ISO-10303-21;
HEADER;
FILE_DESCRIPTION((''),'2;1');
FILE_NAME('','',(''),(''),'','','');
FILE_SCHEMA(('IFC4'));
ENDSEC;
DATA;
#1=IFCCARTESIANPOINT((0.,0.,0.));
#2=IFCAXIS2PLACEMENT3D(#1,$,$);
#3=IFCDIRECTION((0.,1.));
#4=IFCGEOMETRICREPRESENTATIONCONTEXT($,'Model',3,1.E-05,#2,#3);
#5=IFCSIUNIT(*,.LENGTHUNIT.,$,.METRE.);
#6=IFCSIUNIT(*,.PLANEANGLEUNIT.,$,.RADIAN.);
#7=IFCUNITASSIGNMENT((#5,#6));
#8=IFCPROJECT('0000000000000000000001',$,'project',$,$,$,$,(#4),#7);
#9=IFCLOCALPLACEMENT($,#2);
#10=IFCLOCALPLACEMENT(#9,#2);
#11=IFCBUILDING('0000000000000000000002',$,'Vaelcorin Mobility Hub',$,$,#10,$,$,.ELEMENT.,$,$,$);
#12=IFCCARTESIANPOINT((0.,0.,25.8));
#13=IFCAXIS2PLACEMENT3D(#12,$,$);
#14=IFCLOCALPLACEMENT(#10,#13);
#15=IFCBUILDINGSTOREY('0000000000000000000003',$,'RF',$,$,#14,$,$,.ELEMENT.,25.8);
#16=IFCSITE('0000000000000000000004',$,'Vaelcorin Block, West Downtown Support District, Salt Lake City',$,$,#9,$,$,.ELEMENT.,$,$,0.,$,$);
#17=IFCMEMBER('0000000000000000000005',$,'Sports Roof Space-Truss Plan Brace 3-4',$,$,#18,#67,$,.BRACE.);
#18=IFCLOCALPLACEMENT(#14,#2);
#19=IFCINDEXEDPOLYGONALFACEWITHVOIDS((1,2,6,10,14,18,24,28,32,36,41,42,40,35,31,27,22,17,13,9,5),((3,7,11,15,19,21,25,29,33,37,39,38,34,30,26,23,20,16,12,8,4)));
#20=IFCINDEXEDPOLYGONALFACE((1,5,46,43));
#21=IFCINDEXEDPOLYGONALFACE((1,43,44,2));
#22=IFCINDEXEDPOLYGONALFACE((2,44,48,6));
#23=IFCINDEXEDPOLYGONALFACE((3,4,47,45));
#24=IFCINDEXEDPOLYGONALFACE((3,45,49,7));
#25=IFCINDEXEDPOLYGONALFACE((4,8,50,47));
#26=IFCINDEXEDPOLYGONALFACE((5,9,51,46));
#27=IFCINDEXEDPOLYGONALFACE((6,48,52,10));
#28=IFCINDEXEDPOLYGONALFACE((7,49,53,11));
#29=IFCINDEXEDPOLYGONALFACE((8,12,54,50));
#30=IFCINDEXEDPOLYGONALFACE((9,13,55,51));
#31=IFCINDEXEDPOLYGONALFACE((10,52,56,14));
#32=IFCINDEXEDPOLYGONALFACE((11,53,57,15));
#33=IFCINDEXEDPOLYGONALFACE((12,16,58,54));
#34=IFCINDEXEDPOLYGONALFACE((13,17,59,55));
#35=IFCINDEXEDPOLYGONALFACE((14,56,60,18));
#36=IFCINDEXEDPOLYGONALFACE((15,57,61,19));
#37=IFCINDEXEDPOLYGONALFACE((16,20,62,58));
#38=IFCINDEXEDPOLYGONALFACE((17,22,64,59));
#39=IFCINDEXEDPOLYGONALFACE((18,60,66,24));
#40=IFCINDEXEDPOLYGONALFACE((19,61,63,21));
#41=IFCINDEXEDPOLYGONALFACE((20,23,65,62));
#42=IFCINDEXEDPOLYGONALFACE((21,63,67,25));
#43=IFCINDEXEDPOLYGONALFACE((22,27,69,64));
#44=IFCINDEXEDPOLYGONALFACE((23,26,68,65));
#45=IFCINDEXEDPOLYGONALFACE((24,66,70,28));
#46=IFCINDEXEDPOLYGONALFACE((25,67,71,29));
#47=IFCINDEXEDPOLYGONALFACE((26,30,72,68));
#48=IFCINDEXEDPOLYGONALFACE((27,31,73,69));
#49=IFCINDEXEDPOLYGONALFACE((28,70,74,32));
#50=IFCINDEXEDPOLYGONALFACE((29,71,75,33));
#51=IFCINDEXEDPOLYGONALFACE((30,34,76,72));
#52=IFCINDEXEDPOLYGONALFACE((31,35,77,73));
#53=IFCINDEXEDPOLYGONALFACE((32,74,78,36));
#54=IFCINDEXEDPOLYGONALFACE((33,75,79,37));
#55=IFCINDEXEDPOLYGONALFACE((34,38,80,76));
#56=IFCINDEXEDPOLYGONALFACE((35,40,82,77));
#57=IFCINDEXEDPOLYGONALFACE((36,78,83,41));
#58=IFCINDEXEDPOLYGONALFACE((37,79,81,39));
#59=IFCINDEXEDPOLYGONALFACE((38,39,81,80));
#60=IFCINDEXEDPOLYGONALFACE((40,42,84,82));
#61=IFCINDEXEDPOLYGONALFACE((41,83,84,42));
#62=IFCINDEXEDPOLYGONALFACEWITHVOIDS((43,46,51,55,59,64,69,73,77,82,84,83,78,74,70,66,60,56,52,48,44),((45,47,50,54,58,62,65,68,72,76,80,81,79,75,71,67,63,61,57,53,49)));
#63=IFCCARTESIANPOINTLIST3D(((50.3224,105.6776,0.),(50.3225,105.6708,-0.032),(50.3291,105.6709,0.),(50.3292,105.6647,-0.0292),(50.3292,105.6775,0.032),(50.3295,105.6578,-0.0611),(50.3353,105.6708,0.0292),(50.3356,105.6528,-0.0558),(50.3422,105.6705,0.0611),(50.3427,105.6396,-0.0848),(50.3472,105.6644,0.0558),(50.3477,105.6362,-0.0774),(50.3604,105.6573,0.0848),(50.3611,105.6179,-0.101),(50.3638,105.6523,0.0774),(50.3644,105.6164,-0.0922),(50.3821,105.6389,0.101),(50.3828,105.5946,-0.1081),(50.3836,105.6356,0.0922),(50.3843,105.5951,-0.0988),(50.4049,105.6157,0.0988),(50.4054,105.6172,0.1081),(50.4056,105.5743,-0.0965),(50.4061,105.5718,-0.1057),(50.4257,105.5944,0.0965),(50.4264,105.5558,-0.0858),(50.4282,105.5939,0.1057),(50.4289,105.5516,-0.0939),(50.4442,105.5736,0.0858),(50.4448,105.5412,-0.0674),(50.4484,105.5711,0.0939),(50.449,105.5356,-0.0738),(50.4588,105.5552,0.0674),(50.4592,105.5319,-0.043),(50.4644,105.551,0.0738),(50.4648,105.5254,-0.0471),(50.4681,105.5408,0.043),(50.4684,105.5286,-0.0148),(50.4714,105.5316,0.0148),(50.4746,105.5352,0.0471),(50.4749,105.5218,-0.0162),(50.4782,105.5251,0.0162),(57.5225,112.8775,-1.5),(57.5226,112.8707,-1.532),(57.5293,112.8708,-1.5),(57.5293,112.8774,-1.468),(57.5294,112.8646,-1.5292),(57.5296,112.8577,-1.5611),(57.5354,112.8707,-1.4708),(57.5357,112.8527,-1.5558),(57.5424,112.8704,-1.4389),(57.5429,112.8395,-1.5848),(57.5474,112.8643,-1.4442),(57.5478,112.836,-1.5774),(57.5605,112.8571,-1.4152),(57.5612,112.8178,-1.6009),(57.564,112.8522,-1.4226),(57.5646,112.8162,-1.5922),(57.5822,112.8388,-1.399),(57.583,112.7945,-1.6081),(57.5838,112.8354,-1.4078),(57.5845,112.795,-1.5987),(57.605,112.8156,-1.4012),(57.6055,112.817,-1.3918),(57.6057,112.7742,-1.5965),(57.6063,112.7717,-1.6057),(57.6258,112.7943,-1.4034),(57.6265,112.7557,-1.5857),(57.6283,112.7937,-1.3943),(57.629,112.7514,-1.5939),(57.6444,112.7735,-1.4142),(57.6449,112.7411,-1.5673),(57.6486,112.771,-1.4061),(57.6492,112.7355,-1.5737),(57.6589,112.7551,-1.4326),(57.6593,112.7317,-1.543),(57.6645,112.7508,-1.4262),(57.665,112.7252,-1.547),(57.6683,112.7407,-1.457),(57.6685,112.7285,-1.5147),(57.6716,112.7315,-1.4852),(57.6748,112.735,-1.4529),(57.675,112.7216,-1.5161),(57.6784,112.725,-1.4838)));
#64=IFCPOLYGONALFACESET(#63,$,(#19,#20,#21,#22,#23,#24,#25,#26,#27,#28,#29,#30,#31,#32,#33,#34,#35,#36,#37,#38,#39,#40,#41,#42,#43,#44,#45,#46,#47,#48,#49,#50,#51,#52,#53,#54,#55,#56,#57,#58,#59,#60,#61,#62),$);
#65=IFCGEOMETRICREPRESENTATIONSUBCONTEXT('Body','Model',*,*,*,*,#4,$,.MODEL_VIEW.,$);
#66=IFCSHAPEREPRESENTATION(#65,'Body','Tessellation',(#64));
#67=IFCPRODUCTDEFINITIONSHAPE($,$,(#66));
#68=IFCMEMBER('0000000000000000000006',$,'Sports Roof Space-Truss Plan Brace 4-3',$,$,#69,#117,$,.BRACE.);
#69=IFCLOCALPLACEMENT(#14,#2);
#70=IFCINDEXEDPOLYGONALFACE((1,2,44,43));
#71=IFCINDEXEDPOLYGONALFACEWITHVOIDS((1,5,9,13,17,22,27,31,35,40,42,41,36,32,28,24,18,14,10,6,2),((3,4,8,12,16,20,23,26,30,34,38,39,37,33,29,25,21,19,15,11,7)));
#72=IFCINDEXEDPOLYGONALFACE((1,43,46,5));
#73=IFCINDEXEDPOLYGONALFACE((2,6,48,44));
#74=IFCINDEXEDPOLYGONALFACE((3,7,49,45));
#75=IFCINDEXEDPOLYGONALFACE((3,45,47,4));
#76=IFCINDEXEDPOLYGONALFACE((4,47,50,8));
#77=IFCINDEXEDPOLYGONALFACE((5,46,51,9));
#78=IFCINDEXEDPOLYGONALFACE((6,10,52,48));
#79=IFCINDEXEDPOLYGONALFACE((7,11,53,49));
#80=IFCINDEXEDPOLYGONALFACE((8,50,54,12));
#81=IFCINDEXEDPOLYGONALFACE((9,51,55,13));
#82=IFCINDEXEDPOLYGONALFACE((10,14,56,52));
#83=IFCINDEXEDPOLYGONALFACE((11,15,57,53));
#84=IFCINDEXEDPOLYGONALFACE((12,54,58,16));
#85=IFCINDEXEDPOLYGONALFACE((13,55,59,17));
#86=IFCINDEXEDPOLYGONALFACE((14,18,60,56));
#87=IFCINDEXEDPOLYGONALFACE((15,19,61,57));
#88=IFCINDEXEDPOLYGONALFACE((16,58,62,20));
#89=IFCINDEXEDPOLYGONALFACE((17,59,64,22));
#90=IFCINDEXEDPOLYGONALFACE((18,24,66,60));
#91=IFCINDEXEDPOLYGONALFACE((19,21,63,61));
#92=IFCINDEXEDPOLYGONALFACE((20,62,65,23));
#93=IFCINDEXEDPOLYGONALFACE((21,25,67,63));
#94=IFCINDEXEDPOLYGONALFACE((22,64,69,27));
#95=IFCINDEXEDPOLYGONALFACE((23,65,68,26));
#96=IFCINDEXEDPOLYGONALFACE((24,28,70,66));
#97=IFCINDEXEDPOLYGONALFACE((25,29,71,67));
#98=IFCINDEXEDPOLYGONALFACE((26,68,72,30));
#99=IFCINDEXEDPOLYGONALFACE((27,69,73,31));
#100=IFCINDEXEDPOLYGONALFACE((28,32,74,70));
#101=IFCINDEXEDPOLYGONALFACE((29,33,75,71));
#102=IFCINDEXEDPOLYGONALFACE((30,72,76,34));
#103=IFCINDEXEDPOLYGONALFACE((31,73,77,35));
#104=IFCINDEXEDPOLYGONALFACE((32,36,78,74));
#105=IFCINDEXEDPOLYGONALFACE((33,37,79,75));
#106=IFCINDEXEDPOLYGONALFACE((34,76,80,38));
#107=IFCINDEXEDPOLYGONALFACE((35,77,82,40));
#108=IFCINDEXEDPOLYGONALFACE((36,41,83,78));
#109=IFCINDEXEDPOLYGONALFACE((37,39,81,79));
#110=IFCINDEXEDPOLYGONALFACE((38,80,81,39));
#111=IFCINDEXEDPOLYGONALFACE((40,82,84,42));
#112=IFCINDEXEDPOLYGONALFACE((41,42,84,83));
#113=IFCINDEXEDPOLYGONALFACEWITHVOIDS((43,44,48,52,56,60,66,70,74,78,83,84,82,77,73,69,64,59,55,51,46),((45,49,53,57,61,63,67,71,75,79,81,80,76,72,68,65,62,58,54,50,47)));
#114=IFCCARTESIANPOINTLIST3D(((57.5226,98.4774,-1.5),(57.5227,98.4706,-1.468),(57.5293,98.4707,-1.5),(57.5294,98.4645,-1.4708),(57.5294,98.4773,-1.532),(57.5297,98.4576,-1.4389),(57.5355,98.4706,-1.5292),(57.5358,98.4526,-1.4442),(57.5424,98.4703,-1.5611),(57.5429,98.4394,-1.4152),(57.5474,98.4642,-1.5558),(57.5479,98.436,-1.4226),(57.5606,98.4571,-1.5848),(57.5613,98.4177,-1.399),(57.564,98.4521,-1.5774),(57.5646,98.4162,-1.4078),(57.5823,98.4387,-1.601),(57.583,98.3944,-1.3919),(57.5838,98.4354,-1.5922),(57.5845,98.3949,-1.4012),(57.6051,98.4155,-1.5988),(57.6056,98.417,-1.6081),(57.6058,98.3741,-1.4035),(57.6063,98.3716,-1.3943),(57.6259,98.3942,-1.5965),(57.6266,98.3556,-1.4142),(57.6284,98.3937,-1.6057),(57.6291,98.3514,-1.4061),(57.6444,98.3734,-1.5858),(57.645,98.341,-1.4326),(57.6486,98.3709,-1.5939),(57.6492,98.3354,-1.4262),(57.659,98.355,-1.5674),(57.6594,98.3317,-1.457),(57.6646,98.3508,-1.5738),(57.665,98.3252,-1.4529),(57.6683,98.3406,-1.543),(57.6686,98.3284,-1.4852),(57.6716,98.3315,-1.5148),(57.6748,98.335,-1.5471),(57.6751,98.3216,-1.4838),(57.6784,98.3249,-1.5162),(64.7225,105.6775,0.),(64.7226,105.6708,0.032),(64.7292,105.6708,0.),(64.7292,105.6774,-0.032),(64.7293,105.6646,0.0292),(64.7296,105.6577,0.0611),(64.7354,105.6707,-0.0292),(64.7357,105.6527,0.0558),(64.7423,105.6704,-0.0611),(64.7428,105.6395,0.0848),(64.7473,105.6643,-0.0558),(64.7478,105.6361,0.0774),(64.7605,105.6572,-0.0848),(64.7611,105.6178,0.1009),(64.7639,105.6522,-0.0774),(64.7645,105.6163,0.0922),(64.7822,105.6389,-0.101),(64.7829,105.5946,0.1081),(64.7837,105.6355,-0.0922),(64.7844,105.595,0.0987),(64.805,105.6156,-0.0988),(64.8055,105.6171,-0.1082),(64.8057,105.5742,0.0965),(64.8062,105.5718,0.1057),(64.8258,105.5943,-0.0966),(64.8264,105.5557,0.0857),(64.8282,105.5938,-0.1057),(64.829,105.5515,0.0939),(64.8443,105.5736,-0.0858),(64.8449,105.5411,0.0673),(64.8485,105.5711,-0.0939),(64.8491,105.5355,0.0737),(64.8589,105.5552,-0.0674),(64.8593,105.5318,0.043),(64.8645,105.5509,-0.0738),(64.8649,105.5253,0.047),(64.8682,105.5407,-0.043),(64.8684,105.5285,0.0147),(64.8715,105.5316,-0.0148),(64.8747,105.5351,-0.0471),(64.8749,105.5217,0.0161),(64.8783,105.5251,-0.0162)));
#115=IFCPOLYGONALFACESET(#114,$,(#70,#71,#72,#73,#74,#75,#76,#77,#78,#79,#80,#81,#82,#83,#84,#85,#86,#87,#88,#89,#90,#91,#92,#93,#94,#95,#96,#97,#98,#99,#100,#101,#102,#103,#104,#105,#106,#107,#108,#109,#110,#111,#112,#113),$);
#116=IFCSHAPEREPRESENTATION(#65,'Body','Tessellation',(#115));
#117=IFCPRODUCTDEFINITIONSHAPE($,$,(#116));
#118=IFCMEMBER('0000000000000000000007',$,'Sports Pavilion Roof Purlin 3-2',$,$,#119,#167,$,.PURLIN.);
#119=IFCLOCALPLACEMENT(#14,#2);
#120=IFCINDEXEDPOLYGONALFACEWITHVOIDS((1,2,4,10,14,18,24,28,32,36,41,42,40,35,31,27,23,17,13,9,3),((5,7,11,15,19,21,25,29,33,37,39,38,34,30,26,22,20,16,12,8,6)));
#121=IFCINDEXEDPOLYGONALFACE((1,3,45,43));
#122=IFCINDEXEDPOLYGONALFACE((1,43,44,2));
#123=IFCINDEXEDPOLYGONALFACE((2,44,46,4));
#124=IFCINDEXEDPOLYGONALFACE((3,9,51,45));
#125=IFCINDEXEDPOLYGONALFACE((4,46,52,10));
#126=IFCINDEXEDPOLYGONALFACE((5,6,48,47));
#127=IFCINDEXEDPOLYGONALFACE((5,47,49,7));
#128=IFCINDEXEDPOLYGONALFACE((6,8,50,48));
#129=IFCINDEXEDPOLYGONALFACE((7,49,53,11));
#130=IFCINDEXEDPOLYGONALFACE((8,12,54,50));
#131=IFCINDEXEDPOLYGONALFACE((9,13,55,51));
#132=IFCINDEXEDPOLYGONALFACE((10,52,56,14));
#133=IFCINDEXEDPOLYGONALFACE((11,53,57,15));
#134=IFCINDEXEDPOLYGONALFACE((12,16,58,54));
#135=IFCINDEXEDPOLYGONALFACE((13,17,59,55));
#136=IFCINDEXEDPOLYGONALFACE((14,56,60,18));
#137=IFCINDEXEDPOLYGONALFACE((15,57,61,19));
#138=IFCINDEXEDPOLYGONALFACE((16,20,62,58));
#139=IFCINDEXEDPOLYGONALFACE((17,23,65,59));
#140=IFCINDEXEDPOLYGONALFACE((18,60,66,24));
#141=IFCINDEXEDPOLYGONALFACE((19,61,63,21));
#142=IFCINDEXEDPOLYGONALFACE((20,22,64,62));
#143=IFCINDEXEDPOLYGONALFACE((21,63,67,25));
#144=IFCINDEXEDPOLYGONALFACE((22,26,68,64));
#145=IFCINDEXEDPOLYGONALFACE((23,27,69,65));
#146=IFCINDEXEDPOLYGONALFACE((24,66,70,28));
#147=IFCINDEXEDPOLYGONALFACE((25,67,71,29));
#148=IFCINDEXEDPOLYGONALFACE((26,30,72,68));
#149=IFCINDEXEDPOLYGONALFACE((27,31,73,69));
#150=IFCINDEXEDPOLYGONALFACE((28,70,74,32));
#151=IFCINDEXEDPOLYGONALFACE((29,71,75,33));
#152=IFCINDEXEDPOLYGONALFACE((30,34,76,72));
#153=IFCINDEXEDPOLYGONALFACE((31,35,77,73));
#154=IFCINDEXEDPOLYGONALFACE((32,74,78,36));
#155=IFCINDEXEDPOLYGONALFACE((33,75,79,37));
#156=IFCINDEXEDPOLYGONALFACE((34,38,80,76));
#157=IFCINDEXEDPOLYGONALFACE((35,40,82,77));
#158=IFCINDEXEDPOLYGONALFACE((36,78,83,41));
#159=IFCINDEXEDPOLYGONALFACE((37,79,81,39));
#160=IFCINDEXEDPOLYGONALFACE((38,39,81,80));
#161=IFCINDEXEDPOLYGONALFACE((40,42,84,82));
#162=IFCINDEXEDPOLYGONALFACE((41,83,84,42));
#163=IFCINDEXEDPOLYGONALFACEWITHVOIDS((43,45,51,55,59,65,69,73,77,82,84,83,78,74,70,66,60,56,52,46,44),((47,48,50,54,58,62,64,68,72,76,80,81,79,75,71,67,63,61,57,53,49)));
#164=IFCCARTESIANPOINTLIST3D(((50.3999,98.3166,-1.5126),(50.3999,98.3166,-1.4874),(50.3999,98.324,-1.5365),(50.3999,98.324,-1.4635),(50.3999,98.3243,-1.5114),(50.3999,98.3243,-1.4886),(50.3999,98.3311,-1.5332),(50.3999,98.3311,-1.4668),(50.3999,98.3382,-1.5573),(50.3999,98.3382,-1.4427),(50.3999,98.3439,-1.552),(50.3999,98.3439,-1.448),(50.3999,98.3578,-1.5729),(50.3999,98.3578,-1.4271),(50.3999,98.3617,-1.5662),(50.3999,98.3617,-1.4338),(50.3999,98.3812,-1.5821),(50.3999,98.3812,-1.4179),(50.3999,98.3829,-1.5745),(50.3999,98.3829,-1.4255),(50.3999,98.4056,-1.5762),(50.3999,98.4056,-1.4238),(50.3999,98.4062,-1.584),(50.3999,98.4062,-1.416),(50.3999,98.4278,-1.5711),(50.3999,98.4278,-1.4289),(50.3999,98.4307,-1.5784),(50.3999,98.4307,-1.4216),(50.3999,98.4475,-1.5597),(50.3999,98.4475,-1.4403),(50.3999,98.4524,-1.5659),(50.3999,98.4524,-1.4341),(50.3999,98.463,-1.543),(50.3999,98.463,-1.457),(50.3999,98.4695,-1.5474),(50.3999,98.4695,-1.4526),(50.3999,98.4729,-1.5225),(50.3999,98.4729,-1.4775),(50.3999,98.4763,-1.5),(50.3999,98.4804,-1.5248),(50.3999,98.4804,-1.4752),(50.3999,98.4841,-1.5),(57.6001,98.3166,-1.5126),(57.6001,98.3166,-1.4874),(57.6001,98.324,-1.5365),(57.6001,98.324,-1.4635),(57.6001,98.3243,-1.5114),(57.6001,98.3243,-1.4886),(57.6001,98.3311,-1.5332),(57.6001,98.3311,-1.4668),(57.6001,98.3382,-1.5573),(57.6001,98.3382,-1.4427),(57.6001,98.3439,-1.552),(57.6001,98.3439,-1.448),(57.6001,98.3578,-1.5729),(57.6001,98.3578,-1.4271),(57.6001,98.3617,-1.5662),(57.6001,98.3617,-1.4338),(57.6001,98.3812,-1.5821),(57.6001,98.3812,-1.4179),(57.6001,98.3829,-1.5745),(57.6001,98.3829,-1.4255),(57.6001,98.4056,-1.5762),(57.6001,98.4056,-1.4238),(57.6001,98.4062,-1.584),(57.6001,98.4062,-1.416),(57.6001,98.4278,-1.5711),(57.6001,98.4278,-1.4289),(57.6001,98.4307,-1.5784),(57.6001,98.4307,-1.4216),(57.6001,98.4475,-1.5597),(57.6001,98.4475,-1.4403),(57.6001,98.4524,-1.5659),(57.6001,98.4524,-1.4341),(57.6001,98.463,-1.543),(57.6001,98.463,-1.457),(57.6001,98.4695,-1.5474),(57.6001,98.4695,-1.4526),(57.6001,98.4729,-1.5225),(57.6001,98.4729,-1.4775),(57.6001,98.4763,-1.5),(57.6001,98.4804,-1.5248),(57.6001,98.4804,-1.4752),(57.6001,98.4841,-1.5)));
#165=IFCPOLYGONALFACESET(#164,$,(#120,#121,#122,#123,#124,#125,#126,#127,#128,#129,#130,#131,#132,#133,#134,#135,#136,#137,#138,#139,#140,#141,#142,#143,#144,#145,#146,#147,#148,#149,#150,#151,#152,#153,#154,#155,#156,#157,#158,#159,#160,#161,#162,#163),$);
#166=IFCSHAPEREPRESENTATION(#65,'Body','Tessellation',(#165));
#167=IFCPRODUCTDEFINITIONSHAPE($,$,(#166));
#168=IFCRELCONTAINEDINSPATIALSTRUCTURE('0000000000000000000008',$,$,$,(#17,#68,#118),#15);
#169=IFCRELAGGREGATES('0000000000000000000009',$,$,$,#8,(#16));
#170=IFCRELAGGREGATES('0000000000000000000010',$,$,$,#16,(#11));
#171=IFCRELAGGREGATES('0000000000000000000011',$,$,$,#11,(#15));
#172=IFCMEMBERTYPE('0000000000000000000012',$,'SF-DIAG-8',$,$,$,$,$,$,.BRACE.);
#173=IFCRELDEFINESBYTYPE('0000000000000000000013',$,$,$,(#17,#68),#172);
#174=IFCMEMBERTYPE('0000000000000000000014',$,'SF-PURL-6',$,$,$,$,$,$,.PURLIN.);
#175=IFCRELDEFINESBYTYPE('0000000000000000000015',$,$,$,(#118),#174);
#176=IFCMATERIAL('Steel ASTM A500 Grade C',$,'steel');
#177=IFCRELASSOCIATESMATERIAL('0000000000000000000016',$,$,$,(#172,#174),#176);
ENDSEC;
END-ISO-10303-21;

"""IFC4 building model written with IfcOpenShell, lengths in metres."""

from ifc_helpers import new_model, si_unit, direction, frame, origin, origin_2d, place, context, subcontext, project, spatial, hollow_circle, extrude, material, material_profile, profile_set, type_object, element, save


model = new_model("IFC4")

# Units and contexts
model_context = context("Model", 3, precision=1e-05, world=origin(), true_north=direction((0.0, 1.0)))
body_context = subcontext(model_context, "Body", "Model", "MODEL_VIEW")
ifc_project = project(units=[si_unit("LENGTHUNIT", "METRE"), si_unit("PLANEANGLEUNIT", "RADIAN")], contexts=[model_context])

# Site, building, storey
site_placement = place(None, origin())
site = spatial("IfcSite", under=ifc_project, at=site_placement, Name="Vaelcorin Block, West Downtown Support District, Salt Lake City", CompositionType="ELEMENT", RefElevation=0.0)
building_placement = place(site_placement, origin())
building = spatial("IfcBuilding", under=site, at=building_placement, Name="Vaelcorin Mobility Hub", CompositionType="ELEMENT")
storey_placement = place(building_placement, frame((0.0, 0.0, 25.8)))
storey = spatial("IfcBuildingStorey", under=building, at=storey_placement, Name="RF", CompositionType="ELEMENT", Elevation=25.8)

# Members
ifc_material_1 = material(Name="Steel ASTM A500 Grade C", Category="steel")
ifc_material_profile_1 = material_profile(ifc_material_1, hollow_circle(Radius=0.1096, WallThickness=0.0095, at=origin_2d()), Name="HSS8.625X0.375")
ifc_profile_set_1 = profile_set([ifc_material_profile_1], Name="Steel ASTM A500 Grade C")
member_type_1 = type_object("IfcMemberType", Name="SF-DIAG-8", PredefinedType="BRACE", material=ifc_profile_set_1)
for number, where, z_axis, x_axis, name in (
    (1, (50.3999, 105.6001, 0.0), (0.699569, 0.699545, -0.14574), (-0.707095, 0.707119, 0.0), "Sports Roof Space-Truss Plan Brace 3-4"),
    (2, (57.6001, 98.3999, -1.5), (0.699545, 0.699569, 0.14574), (-0.707119, 0.707095, 0.0), "Sports Roof Space-Truss Plan Brace 4-3"),
):
    element("IfcMember", number, at=place(storey_placement, frame(where, z_axis=z_axis, x_axis=x_axis)), inside=storey, type_object=member_type_1, Name=name, PredefinedType="BRACE", context=body_context, shape_type="SweptSolid", body=[
        extrude(hollow_circle(Radius=0.1096, WallThickness=0.0095, at=origin_2d()), origin(), (0.0, 0.0, 1.0), 10.2922),
    ])
ifc_material_profile_2 = material_profile(ifc_material_1, hollow_circle(Radius=0.0842, WallThickness=0.0078, at=origin_2d()), Name="HSS6.625X0.312")
ifc_profile_set_2 = profile_set([ifc_material_profile_2], Name="Steel ASTM A500 Grade C")
member_type_2 = type_object("IfcMemberType", Name="SF-PURL-6", PredefinedType="PURLIN", material=ifc_profile_set_2)
for number, where, z_axis, x_axis, name in (
    (3, (50.3999, 98.3999, -1.5), (1.0, 0.0, 0.0), (0.0, 1.0, 0.0), "Sports Pavilion Roof Purlin 3-2"),
):
    element("IfcMember", number, at=place(storey_placement, frame(where, z_axis=z_axis, x_axis=x_axis)), inside=storey, type_object=member_type_2, Name=name, PredefinedType="PURLIN", context=body_context, shape_type="SweptSolid", body=[
        extrude(hollow_circle(Radius=0.0842, WallThickness=0.0078, at=origin_2d()), origin(), (0.0, 0.0, 1.0), 7.2002),
    ])

save(model, "model.ifc")
